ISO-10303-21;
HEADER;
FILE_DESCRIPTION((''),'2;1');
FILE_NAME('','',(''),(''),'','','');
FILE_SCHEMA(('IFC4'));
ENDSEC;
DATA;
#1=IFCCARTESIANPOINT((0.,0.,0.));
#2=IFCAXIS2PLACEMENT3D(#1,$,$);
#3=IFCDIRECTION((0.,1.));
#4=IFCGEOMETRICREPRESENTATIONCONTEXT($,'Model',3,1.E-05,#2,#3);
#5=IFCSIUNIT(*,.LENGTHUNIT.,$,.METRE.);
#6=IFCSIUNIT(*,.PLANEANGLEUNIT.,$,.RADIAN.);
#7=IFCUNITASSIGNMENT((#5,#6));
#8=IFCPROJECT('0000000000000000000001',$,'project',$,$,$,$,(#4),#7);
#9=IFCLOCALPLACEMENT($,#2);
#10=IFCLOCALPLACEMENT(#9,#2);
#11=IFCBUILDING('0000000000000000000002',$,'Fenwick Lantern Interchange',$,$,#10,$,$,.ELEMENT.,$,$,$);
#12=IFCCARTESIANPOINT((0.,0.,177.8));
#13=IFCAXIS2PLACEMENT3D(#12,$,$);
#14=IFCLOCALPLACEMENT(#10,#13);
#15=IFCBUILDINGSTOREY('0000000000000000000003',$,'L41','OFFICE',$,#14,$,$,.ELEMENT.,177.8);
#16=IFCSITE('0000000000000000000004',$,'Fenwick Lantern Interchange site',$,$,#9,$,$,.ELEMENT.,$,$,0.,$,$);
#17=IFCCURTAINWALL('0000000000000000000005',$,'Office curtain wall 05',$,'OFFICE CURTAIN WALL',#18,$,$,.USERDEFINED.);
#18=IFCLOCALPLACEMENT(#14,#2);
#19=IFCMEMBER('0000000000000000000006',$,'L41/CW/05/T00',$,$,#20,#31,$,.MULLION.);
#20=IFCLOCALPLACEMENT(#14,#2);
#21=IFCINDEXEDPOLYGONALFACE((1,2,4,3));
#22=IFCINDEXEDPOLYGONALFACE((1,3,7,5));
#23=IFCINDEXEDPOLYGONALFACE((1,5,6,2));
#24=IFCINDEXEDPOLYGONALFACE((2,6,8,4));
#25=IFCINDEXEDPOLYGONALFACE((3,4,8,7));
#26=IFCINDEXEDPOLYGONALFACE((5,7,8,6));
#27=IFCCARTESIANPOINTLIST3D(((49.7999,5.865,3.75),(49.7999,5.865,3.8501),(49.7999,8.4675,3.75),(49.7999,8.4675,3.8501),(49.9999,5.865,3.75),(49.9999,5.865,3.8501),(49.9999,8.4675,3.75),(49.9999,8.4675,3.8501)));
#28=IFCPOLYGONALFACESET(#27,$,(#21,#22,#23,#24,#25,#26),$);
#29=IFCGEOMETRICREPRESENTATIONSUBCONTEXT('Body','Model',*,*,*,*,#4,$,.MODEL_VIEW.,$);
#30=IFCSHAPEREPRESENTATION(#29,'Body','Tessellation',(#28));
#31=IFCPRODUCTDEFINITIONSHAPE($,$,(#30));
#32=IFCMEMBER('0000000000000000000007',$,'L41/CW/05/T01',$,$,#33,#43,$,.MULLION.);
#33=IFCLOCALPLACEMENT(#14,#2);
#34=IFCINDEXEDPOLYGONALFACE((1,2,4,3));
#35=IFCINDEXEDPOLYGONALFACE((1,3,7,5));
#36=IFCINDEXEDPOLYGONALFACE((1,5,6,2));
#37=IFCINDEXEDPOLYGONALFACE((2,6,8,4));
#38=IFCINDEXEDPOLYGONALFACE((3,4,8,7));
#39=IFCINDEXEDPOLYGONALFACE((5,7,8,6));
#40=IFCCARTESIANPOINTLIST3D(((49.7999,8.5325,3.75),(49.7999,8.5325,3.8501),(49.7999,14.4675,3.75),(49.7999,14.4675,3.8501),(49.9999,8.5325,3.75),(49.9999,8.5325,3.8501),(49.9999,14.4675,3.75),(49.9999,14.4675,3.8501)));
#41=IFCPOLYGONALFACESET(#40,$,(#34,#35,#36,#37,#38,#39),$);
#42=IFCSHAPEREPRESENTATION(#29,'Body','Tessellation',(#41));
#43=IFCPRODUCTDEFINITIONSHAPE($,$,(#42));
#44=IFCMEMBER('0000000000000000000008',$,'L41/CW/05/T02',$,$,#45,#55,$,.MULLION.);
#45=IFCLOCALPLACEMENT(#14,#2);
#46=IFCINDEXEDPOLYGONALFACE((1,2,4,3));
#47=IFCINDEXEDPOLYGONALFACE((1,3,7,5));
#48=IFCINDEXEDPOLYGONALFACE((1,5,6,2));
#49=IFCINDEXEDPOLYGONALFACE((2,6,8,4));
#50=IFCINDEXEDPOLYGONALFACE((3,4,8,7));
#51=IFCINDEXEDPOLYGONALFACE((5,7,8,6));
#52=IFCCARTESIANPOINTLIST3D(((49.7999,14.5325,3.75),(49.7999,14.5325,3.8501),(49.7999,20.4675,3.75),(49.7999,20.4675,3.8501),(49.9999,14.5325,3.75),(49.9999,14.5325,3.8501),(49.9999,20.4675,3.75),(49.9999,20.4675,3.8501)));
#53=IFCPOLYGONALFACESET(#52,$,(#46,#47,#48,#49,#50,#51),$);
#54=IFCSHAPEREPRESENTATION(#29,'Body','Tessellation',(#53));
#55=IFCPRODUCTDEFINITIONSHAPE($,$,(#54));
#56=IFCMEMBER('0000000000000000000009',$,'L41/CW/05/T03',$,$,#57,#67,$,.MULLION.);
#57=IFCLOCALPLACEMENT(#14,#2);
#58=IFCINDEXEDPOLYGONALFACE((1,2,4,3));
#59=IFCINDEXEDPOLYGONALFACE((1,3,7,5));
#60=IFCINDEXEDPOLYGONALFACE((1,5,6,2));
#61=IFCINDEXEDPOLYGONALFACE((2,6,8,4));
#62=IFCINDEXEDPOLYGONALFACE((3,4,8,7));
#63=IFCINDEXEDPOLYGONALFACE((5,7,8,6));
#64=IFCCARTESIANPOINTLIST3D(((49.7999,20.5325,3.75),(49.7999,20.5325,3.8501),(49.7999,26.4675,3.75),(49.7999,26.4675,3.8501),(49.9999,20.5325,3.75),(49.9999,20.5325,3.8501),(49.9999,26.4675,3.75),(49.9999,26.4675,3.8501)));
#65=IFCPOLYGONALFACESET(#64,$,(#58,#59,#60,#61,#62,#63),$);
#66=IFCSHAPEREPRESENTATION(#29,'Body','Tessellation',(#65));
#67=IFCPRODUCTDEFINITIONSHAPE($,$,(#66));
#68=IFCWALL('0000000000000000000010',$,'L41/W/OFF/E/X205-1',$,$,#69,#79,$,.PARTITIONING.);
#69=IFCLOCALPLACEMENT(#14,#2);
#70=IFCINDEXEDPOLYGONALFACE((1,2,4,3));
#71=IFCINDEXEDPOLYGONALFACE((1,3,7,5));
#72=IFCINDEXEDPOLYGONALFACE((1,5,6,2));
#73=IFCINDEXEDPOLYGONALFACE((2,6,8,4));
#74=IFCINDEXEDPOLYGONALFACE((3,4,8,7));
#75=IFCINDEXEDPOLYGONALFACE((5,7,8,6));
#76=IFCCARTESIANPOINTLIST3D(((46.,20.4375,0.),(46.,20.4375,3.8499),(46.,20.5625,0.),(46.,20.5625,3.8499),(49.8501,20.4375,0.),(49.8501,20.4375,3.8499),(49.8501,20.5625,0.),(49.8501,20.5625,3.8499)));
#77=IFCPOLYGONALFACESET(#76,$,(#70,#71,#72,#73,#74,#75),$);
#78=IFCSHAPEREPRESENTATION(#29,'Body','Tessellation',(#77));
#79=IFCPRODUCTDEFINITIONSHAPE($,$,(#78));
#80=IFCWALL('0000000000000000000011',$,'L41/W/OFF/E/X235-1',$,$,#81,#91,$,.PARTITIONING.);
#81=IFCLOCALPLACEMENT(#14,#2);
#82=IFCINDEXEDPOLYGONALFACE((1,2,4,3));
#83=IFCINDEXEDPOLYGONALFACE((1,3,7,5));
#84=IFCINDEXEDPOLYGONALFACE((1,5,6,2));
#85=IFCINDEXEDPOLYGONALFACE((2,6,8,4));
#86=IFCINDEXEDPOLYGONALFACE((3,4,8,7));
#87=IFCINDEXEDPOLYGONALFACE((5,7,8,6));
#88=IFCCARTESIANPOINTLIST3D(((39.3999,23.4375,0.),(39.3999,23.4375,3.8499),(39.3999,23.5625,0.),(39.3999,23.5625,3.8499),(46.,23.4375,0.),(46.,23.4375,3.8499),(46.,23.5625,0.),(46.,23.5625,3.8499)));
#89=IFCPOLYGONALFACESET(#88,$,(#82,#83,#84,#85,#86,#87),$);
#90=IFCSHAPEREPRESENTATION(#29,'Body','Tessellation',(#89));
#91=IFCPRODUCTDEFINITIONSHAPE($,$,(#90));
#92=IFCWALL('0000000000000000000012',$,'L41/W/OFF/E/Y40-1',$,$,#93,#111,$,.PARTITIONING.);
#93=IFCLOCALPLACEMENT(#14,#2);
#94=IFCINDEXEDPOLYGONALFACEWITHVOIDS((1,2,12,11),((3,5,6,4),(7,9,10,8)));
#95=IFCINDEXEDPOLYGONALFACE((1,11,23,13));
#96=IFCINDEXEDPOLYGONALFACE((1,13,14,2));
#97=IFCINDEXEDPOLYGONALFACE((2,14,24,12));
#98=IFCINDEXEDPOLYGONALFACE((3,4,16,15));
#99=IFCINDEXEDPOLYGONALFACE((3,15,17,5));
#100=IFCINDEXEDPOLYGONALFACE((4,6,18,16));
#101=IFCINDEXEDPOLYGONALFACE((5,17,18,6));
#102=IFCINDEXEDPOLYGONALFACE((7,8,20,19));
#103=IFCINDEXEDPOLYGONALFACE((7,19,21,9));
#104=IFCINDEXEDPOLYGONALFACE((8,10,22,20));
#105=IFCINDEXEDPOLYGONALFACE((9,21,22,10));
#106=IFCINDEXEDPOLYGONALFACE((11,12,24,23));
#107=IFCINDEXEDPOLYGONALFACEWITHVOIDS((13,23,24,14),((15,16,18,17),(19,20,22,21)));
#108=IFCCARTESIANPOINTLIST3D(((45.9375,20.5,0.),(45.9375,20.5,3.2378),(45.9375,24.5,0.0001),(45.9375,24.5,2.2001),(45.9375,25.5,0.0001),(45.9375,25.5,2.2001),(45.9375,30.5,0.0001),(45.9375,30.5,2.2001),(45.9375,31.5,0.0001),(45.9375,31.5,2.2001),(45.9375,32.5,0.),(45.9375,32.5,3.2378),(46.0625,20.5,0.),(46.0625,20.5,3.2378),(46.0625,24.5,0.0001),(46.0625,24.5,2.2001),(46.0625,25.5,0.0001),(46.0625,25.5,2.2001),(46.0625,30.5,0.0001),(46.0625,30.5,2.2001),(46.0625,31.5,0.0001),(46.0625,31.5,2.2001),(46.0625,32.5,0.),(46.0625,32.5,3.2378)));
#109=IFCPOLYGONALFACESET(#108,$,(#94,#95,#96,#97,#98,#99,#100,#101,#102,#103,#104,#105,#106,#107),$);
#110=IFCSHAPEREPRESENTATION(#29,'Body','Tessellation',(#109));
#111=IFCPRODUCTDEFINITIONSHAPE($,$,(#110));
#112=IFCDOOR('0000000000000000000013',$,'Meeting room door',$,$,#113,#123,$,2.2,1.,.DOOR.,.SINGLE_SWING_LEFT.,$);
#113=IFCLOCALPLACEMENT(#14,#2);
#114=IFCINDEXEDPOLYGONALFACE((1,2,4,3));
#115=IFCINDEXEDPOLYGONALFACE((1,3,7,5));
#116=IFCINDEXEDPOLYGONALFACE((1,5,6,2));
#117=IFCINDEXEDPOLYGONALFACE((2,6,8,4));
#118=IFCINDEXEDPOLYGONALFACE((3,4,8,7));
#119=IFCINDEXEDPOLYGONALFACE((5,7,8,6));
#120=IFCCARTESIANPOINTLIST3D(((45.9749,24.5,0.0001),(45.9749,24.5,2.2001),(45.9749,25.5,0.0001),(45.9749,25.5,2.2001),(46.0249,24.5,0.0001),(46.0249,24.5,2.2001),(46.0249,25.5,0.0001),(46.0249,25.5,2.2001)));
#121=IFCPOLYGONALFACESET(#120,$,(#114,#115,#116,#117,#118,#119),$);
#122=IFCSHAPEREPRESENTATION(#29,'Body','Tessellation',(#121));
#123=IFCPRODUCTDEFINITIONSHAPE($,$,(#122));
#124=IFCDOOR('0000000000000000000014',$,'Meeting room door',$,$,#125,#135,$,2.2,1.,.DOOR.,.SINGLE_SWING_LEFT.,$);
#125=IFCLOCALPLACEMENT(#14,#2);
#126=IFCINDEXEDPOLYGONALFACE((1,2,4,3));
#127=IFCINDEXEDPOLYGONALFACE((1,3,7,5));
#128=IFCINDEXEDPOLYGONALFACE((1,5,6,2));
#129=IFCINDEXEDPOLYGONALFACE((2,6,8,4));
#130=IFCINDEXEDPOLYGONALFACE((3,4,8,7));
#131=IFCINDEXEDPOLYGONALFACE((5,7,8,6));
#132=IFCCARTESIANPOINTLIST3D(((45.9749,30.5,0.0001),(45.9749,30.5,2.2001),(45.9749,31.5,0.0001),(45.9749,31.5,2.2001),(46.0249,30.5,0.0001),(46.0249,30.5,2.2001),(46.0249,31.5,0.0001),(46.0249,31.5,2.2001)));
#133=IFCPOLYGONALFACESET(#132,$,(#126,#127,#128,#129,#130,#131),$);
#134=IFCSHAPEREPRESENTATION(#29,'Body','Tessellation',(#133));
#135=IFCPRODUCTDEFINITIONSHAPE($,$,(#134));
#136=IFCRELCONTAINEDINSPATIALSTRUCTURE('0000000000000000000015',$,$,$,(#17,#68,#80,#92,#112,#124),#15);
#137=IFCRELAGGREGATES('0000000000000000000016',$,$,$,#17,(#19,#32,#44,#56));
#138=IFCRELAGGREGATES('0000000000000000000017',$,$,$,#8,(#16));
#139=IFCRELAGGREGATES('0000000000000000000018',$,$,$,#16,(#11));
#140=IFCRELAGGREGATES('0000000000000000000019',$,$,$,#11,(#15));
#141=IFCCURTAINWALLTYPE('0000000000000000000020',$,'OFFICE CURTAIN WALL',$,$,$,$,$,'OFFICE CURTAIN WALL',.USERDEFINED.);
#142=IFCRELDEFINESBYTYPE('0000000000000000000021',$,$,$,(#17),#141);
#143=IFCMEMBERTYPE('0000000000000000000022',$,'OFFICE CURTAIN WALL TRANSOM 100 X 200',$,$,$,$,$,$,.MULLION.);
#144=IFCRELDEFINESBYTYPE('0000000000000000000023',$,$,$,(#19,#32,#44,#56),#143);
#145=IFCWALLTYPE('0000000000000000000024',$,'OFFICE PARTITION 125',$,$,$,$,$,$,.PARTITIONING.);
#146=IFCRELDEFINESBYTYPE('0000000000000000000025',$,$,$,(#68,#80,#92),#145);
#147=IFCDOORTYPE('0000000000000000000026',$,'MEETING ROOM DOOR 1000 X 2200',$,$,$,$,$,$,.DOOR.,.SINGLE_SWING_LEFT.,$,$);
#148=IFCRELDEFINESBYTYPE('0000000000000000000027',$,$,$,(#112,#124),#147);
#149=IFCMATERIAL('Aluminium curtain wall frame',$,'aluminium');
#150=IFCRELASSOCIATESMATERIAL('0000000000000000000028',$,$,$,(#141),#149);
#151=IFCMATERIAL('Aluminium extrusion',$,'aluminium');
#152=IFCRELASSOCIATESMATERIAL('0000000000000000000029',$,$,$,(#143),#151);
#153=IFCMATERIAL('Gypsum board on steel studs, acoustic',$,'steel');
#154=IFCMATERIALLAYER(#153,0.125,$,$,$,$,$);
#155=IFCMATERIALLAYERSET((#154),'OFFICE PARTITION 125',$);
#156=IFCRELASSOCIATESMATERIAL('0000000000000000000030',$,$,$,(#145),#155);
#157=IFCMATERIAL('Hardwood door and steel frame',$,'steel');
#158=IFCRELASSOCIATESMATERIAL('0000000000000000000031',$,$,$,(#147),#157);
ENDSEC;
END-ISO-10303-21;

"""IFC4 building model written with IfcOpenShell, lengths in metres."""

from ifc_helpers import new_model, si_unit, direction, frame, frame_2d, origin, origin_2d, place, context, subcontext, project, spatial, rectangle, extrude, material, layer, layer_set, material_profile, profile_set, type_object, element, fill, aggregate, save


model = new_model("IFC4")

# Units and contexts
model_context = context("Model", 3, precision=1e-05, world=origin(), true_north=direction((0.0, 1.0)))
body_context = subcontext(model_context, "Body", "Model", "MODEL_VIEW")
ifc_project = project(units=[si_unit("LENGTHUNIT", "METRE"), si_unit("PLANEANGLEUNIT", "RADIAN")], contexts=[model_context])

# Site, building, storey
site_placement = place(None, origin())
site = spatial("IfcSite", under=ifc_project, at=site_placement, Name="Fenwick Lantern Interchange site", CompositionType="ELEMENT", RefElevation=0.0)
building_placement = place(site_placement, origin())
building = spatial("IfcBuilding", under=site, at=building_placement, Name="Fenwick Lantern Interchange", CompositionType="ELEMENT")
storey_placement = place(building_placement, frame((0.0, 0.0, 177.8)))
storey = spatial("IfcBuildingStorey", under=building, at=storey_placement, Name="L41", Description="OFFICE", CompositionType="ELEMENT", Elevation=177.8)

# Curtain wall, members
ifc_material_1 = material(Name="Aluminium curtain wall frame", Category="aluminium")
curtain_wall_type = type_object("IfcCurtainWallType", Name="OFFICE CURTAIN WALL", ElementType="OFFICE CURTAIN WALL", PredefinedType="USERDEFINED", material=ifc_material_1)
curtain_wall_placement = place(storey_placement, origin())
curtain_wall = element("IfcCurtainWall", 1, at=curtain_wall_placement, inside=storey, type_object=curtain_wall_type, Name="Office curtain wall 05", ObjectType="OFFICE CURTAIN WALL", PredefinedType="USERDEFINED")
ifc_material_2 = material(Name="Aluminium extrusion", Category="aluminium")
ifc_material_profile_1 = material_profile(ifc_material_2, rectangle(XDim=0.2, YDim=0.1001, at=origin_2d()), Name="OFFICE CURTAIN WALL TRANSOM 100 X 200")
ifc_profile_set_1 = profile_set([ifc_material_profile_1], Name="Aluminium extrusion")
member_type_1 = type_object("IfcMemberType", Name="OFFICE CURTAIN WALL TRANSOM 100 X 200", PredefinedType="MULLION", material=ifc_profile_set_1)
member_1_placement = place(storey_placement, frame((49.8999, 5.865, 3.8), z_axis=(0.0, 1.0, 0.0), x_axis=(-1.0, 0.0, 0.0)))
member_1 = element("IfcMember", 2, at=member_1_placement, type_object=member_type_1, Name="L41/CW/05/T00", PredefinedType="MULLION", context=body_context, shape_type="SweptSolid", body=[
    extrude(rectangle(XDim=0.2, YDim=0.1001, at=origin_2d()), origin(), (0.0, 0.0, 1.0), 2.6025),
])
member_2_placement = place(storey_placement, frame((49.8999, 8.5325, 3.8), z_axis=(0.0, 1.0, 0.0), x_axis=(-1.0, 0.0, 0.0)))
member_2 = element("IfcMember", 3, at=member_2_placement, type_object=member_type_1, Name="L41/CW/05/T01", PredefinedType="MULLION", context=body_context, shape_type="SweptSolid", body=[
    extrude(rectangle(XDim=0.2, YDim=0.1001, at=origin_2d()), origin(), (0.0, 0.0, 1.0), 5.9351),
])
member_3_placement = place(storey_placement, frame((49.8999, 14.5325, 3.8), z_axis=(0.0, 1.0, 0.0), x_axis=(-1.0, 0.0, 0.0)))
member_3 = element("IfcMember", 4, at=member_3_placement, type_object=member_type_1, Name="L41/CW/05/T02", PredefinedType="MULLION", context=body_context, shape_type="SweptSolid", body=[
    extrude(rectangle(XDim=0.2, YDim=0.1001, at=origin_2d()), origin(), (0.0, 0.0, 1.0), 5.9351),
])
member_4_placement = place(storey_placement, frame((49.8999, 20.5325, 3.8), z_axis=(0.0, 1.0, 0.0), x_axis=(-1.0, 0.0, 0.0)))
member_4 = element("IfcMember", 5, at=member_4_placement, type_object=member_type_1, Name="L41/CW/05/T03", PredefinedType="MULLION", context=body_context, shape_type="SweptSolid", body=[
    extrude(rectangle(XDim=0.2, YDim=0.1001, at=origin_2d()), origin(), (0.0, 0.0, 1.0), 5.9351),
])
aggregate(curtain_wall, [member_1, member_2, member_3, member_4])

# Walls
ifc_material_3 = material(Name="Gypsum board on steel studs, acoustic", Category="steel")
ifc_layer_1 = layer(ifc_material_3, 0.125)
ifc_layer_set_1 = layer_set([ifc_layer_1], Name="OFFICE PARTITION 125")
wall_type = type_object("IfcWallType", Name="OFFICE PARTITION 125", PredefinedType="PARTITIONING", material=ifc_layer_set_1)
wall_1_placement = place(storey_placement, frame((49.8501, 20.5, 0.0), z_axis=(0.0, 0.0, 1.0), x_axis=(-1.0, 0.0, 0.0)))
element("IfcWall", 6, at=wall_1_placement, inside=storey, type_object=wall_type, Name="L41/W/OFF/E/X205-1", PredefinedType="PARTITIONING", context=body_context, shape_type="SweptSolid", body=[
    extrude(rectangle(XDim=3.8501, YDim=0.125, at=frame_2d((1.925, 0.0))), origin(), (0.0, 0.0, 1.0), 3.8499),
])
wall_2_placement = place(storey_placement, frame((46.0, 23.5, 0.0), z_axis=(0.0, 0.0, 1.0), x_axis=(-1.0, 0.0, 0.0)))
element("IfcWall", 7, at=wall_2_placement, inside=storey, type_object=wall_type, Name="L41/W/OFF/E/X235-1", PredefinedType="PARTITIONING", context=body_context, shape_type="SweptSolid", body=[
    extrude(rectangle(XDim=6.6001, YDim=0.125, at=frame_2d((3.3, 0.0))), origin(), (0.0, 0.0, 1.0), 3.8499),
])

# Wall, openings, doors
wall_3_placement = place(storey_placement, frame((46.0, 20.5, 0.0), z_axis=(0.0, 0.0, 1.0), x_axis=(0.0, 1.0, 0.0)))
wall_3 = element("IfcWall", 8, at=wall_3_placement, inside=storey, type_object=wall_type, Name="L41/W/OFF/E/Y40-1", PredefinedType="PARTITIONING", context=body_context, shape_type="SweptSolid", body=[
    extrude(rectangle(XDim=12.0, YDim=0.125, at=frame_2d((6.0, 0.0))), origin(), (0.0, 0.0, 1.0), 3.2378),
])
opening_1_placement = place(wall_3_placement, frame((4.0, 0.0, 0.0)))
opening_1 = element("IfcOpeningElement", 9, at=opening_1_placement, cuts=wall_3, PredefinedType="OPENING", context=body_context, shape_type="SweptSolid", body=[
    extrude(rectangle(XDim=1.0, YDim=2.2, at=frame_2d((0.5, 1.1001))), frame((0.0, 0.0725, 0.0), z_axis=(0.0, -1.0, 0.0), x_axis=(1.0, 0.0, 0.0)), (0.0, 0.0, 1.0), 0.145),
])
opening_2_placement = place(wall_3_placement, frame((10.0, 0.0, 0.0)))
opening_2 = element("IfcOpeningElement", 10, at=opening_2_placement, cuts=wall_3, PredefinedType="OPENING", context=body_context, shape_type="SweptSolid", body=[
    extrude(rectangle(XDim=1.0, YDim=2.2, at=frame_2d((0.5, 1.1001))), frame((0.0, 0.0725, 0.0), z_axis=(0.0, -1.0, 0.0), x_axis=(1.0, 0.0, 0.0)), (0.0, 0.0, 1.0), 0.145),
])
ifc_material_4 = material(Name="Hardwood door and steel frame", Category="steel")
door_type = type_object("IfcDoorType", Name="MEETING ROOM DOOR 1000 X 2200", OperationType="SINGLE_SWING_LEFT", PredefinedType="DOOR", material=ifc_material_4)
door_1_placement = place(opening_1_placement, frame((1.0, 0.0, 0.0), z_axis=(0.0, 0.0, 1.0), x_axis=(-1.0, 0.0, 0.0)))
door_1 = element("IfcDoor", 11, at=door_1_placement, inside=storey, type_object=door_type, Name="Meeting room door", OperationType="SINGLE_SWING_LEFT", OverallHeight=2.2, OverallWidth=1.0, PredefinedType="DOOR", context=body_context, shape_type="SweptSolid", body=[
    extrude(rectangle(XDim=1.0, YDim=2.2, at=frame_2d((0.5, 1.1001))), frame((0.0, 0.0249, 0.0), z_axis=(0.0, -1.0, 0.0), x_axis=(1.0, 0.0, 0.0)), (0.0, 0.0, 1.0), 0.05),
])
fill(opening_1, door_1)
door_2_placement = place(opening_2_placement, frame((1.0, 0.0, 0.0), z_axis=(0.0, 0.0, 1.0), x_axis=(-1.0, 0.0, 0.0)))
door_2 = element("IfcDoor", 12, at=door_2_placement, inside=storey, type_object=door_type, Name="Meeting room door", OperationType="SINGLE_SWING_LEFT", OverallHeight=2.2, OverallWidth=1.0, PredefinedType="DOOR", context=body_context, shape_type="SweptSolid", body=[
    extrude(rectangle(XDim=1.0, YDim=2.2, at=frame_2d((0.5, 1.1001))), frame((0.0, 0.0249, 0.0), z_axis=(0.0, -1.0, 0.0), x_axis=(1.0, 0.0, 0.0)), (0.0, 0.0, 1.0), 0.05),
])
fill(opening_2, door_2)

save(model, "model.ifc")
